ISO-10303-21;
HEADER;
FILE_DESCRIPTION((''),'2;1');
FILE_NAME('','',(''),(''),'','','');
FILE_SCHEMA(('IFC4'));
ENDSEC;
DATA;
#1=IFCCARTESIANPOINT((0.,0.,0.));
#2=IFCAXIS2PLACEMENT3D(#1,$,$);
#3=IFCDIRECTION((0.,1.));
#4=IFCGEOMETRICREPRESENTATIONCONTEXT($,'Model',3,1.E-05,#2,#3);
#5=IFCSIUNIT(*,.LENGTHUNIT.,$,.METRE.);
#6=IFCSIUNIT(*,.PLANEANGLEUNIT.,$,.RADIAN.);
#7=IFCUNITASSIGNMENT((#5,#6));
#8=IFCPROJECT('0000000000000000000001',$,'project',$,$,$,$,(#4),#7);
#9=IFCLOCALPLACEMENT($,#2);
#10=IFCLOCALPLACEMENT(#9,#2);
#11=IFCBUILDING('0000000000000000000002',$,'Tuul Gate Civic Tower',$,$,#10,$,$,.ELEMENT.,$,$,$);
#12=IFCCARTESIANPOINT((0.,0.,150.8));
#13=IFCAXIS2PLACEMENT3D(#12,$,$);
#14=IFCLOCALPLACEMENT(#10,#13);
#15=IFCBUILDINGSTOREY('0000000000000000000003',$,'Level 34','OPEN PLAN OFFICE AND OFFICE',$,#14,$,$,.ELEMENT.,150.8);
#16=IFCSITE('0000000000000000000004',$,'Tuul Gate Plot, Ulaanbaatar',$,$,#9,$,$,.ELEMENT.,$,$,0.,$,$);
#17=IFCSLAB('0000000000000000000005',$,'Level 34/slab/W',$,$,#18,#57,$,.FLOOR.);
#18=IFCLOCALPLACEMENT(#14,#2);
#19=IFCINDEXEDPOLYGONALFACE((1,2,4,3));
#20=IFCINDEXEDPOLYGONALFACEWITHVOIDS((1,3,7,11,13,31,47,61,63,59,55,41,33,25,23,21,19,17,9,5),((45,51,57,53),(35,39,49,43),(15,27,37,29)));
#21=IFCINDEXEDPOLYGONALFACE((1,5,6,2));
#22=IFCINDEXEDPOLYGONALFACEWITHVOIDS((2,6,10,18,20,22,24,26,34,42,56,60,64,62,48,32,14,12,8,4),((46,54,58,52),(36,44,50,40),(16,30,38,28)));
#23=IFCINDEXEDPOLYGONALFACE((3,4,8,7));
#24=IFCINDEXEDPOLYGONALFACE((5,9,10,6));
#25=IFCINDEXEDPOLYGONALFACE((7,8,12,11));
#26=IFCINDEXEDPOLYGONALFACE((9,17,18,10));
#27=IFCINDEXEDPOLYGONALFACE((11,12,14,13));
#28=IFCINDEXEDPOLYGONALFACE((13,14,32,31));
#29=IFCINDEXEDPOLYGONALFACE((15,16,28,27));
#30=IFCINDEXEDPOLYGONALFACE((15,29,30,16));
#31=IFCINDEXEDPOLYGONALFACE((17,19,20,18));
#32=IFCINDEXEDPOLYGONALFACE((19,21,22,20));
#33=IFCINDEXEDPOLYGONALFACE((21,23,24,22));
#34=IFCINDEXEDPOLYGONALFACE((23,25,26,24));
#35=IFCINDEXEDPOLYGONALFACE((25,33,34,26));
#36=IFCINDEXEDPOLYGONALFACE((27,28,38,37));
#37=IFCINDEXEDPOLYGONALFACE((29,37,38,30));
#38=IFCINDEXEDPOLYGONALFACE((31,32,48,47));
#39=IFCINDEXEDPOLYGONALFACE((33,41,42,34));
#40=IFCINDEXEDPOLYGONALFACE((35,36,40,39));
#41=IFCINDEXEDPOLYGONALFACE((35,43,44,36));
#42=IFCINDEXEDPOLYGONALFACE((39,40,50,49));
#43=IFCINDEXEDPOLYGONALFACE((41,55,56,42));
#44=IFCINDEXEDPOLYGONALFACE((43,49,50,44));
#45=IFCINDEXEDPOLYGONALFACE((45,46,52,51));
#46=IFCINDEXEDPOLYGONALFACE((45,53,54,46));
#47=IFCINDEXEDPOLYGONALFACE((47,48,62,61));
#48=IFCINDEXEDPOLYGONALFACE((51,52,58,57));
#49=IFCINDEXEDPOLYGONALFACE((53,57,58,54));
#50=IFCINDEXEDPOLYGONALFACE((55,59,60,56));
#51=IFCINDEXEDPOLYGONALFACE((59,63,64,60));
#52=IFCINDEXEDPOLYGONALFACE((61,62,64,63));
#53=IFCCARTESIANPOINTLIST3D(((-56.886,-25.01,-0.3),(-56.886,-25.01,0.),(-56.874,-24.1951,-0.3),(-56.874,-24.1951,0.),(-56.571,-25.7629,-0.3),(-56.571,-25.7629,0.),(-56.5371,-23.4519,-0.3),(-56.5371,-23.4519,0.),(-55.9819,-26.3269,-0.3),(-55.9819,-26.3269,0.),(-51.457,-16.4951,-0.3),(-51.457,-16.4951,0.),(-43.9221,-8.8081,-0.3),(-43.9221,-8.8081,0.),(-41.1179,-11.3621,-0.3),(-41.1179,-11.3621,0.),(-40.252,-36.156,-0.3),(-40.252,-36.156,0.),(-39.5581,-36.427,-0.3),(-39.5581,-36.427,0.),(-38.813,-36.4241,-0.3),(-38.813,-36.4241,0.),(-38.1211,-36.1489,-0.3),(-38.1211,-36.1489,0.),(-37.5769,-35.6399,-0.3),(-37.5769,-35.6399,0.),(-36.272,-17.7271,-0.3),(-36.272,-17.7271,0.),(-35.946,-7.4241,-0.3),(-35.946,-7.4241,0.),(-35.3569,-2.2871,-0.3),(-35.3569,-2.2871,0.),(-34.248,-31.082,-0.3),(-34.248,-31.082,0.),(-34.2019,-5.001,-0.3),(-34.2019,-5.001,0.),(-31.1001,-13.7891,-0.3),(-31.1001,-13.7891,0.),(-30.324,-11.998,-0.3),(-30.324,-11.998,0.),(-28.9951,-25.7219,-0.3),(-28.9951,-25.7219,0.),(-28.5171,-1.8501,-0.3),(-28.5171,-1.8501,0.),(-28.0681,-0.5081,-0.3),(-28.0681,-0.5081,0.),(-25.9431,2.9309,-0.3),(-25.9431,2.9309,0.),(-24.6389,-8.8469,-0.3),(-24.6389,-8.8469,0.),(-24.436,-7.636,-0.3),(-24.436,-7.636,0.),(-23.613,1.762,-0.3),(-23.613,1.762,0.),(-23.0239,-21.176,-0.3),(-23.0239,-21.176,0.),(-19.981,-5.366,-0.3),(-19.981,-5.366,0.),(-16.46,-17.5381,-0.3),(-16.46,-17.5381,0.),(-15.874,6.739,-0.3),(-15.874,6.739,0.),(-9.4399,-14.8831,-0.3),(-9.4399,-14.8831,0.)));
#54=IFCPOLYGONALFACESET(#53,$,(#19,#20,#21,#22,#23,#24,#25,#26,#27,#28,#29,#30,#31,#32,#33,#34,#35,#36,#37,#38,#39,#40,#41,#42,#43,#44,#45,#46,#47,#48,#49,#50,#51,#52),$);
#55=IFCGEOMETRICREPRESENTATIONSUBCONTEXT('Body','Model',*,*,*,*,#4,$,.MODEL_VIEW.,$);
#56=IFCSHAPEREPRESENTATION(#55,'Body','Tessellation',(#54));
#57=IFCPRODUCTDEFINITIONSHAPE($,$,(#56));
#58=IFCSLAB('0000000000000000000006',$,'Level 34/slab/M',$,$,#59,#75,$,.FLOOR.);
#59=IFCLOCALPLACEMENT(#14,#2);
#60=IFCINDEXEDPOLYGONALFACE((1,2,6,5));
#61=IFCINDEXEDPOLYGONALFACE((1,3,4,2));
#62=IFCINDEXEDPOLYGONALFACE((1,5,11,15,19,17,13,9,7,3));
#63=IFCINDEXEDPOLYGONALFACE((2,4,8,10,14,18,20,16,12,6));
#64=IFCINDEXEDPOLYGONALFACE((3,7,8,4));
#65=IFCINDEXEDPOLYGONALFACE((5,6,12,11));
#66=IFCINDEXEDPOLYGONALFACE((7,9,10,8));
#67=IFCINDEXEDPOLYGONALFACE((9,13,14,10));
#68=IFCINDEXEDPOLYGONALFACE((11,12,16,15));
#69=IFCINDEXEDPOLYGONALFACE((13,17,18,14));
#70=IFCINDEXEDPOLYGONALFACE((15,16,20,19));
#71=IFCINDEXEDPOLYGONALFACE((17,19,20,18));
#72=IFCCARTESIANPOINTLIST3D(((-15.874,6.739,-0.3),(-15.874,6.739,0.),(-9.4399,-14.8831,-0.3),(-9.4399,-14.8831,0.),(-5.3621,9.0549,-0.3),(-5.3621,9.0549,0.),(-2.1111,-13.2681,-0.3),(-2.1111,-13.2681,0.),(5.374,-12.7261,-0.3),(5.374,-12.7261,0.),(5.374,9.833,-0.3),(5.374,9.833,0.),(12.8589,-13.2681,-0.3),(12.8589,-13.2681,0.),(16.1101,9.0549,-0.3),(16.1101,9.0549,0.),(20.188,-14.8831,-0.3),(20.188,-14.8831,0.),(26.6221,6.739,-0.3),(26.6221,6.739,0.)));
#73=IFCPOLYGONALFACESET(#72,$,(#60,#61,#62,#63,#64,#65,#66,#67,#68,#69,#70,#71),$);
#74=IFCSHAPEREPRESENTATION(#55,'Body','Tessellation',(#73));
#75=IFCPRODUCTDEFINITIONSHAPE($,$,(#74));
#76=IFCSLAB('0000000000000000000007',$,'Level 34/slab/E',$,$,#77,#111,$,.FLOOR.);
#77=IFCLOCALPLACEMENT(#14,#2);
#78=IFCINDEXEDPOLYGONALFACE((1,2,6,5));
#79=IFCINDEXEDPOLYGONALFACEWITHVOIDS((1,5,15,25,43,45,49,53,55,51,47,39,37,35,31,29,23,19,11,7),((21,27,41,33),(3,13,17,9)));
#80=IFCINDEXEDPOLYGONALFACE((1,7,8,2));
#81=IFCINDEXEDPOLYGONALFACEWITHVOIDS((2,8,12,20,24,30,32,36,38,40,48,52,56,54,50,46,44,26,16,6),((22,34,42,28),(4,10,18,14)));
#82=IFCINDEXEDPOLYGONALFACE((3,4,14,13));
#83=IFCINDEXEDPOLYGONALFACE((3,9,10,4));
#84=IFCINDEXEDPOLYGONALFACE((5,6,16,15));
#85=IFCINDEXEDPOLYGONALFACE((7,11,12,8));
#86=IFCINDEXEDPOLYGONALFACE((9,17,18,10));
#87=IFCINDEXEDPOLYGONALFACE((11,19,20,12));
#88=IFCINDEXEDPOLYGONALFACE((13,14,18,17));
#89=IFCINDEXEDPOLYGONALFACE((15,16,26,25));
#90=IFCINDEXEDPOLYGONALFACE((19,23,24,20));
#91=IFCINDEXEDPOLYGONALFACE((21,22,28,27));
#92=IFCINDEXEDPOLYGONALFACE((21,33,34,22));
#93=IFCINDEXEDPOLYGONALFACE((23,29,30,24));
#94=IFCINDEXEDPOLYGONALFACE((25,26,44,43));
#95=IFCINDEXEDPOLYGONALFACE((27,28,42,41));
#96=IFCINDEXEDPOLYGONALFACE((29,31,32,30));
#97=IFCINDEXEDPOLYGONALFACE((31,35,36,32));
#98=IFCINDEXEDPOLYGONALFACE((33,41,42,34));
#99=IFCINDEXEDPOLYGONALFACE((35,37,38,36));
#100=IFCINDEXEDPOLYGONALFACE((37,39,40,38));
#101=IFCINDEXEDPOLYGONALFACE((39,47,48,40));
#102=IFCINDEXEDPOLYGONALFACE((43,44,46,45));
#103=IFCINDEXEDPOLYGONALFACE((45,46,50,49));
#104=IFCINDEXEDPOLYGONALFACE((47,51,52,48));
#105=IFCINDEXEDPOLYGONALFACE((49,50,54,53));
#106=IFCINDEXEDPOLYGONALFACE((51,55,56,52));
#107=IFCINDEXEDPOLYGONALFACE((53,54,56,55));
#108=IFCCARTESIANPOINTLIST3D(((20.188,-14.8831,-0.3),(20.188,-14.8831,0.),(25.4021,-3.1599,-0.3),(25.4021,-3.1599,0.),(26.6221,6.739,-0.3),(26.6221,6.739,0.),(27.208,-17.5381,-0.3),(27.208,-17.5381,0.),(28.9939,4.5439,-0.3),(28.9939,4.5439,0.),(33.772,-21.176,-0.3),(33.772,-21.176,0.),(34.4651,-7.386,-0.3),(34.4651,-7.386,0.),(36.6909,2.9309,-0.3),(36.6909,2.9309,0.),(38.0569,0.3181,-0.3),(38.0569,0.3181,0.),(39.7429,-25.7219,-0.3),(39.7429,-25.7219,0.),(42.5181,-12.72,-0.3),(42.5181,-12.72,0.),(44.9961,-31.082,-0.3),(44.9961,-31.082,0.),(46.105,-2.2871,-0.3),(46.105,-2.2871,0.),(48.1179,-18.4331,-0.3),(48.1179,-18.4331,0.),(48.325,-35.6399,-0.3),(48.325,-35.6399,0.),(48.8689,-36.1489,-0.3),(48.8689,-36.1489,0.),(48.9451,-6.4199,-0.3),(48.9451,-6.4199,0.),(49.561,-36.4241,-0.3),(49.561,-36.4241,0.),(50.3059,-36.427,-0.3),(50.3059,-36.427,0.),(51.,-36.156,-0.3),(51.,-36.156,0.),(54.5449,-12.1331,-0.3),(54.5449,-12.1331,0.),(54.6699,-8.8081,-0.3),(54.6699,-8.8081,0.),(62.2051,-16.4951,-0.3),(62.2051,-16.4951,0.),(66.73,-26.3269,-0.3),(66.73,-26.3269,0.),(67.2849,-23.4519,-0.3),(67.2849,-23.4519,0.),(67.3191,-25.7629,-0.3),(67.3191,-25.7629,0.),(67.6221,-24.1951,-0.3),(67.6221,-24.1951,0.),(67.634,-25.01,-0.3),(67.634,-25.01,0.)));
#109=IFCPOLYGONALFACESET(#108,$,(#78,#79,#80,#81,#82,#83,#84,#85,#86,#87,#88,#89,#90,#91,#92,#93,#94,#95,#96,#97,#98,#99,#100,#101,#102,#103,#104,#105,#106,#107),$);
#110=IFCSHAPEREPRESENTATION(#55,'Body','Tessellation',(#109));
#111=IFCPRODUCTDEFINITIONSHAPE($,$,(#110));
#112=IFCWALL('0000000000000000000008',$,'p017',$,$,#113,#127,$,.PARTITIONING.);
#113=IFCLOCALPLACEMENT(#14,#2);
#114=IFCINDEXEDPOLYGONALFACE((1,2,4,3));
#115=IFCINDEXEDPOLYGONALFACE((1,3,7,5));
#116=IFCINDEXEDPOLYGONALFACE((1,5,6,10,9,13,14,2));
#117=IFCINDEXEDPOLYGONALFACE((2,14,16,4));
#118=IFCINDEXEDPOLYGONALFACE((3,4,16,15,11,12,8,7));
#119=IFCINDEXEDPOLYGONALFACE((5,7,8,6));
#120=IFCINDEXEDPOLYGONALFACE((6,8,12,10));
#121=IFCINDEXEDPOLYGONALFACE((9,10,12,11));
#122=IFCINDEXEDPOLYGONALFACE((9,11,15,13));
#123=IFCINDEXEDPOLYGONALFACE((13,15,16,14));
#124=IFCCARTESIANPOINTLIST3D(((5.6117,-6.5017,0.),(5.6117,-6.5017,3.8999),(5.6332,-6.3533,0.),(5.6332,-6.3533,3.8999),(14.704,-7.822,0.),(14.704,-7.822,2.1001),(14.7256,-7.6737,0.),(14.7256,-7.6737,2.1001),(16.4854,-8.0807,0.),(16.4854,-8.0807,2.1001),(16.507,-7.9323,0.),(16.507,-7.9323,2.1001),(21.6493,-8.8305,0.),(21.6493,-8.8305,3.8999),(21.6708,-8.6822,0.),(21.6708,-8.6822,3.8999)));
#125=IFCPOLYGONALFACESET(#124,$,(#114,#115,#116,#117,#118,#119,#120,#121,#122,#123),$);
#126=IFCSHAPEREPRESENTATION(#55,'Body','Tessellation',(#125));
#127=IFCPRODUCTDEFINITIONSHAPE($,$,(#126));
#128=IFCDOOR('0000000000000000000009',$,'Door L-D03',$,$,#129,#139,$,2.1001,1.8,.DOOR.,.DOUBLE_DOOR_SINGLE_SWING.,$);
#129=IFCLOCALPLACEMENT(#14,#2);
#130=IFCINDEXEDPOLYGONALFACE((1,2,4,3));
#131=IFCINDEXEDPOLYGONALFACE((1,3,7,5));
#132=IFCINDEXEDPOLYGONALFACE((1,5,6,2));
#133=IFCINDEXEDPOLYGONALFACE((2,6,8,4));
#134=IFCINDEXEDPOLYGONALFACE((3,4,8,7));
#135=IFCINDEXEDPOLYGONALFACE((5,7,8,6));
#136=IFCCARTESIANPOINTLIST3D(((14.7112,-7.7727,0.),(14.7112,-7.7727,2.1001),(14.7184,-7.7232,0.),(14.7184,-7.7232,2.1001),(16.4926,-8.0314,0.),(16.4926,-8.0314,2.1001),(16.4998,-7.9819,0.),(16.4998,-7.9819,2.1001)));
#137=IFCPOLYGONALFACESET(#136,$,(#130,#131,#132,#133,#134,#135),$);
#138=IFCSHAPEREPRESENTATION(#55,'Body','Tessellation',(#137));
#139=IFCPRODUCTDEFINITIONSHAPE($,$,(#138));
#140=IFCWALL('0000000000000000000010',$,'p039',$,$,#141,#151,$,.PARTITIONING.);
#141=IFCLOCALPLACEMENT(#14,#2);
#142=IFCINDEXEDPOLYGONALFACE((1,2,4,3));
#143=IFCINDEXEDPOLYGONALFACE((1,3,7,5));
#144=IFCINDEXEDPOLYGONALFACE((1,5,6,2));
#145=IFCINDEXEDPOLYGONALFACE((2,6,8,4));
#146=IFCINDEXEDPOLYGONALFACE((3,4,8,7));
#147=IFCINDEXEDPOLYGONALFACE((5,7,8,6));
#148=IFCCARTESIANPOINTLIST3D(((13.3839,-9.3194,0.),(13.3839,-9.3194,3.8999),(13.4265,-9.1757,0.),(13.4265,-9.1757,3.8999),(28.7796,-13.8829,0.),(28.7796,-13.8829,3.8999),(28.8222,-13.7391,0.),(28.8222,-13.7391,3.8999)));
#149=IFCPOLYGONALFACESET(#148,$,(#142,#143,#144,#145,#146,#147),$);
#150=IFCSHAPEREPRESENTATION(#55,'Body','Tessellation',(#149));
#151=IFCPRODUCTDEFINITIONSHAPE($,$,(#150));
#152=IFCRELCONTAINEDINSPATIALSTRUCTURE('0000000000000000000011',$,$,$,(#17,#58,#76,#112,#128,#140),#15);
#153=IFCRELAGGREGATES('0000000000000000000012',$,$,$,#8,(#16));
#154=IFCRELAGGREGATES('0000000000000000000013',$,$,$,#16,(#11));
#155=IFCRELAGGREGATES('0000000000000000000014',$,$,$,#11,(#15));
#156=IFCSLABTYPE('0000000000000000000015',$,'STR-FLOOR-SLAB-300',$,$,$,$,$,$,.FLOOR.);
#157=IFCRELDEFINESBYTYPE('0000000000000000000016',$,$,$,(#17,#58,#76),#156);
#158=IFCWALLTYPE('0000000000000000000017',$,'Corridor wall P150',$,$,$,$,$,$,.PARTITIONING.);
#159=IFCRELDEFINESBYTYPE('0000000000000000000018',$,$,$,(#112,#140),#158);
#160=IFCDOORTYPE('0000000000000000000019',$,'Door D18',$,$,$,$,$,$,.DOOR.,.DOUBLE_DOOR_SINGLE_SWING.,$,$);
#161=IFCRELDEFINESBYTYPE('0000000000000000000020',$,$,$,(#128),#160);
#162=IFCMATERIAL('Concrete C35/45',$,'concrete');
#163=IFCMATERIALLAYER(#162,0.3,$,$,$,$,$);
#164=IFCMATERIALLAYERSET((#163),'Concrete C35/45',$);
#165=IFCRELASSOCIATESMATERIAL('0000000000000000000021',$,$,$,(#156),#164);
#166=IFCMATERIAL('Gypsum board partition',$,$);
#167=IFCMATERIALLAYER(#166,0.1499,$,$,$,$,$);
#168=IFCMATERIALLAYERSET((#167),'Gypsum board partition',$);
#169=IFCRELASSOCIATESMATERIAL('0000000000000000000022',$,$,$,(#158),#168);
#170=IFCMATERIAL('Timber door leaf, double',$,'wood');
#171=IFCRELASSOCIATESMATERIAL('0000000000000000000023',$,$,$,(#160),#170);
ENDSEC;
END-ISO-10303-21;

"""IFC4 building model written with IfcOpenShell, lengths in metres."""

from ifc_helpers import new_model, si_unit, direction, frame, frame_2d, origin, place, context, subcontext, project, spatial, polyline, rectangle, outline, extrude, material, layer, layer_set, type_object, element, fill, save


model = new_model("IFC4")

# Units and contexts
model_context = context("Model", 3, precision=1e-05, world=origin(), true_north=direction((0.0, 1.0)))
body_context = subcontext(model_context, "Body", "Model", "MODEL_VIEW")
ifc_project = project(units=[si_unit("LENGTHUNIT", "METRE"), si_unit("PLANEANGLEUNIT", "RADIAN")], contexts=[model_context])

# Site, building, storey
site_placement = place(None, origin())
site = spatial("IfcSite", under=ifc_project, at=site_placement, Name="Tuul Gate Plot, Ulaanbaatar", CompositionType="ELEMENT", RefElevation=0.0)
building_placement = place(site_placement, origin())
building = spatial("IfcBuilding", under=site, at=building_placement, Name="Tuul Gate Civic Tower", CompositionType="ELEMENT")
storey_placement = place(building_placement, frame((0.0, 0.0, 150.8)))
storey = spatial("IfcBuildingStorey", under=building, at=storey_placement, Name="Level 34", Description="OPEN PLAN OFFICE AND OFFICE", CompositionType="ELEMENT", Elevation=150.8)

# Slabs
ifc_material_1 = material(Name="Concrete C35/45", Category="concrete")
ifc_layer_1 = layer(ifc_material_1, 0.3)
ifc_layer_set_1 = layer_set([ifc_layer_1], Name="Concrete C35/45")
slab_type_1 = type_object("IfcSlabType", Name="STR-FLOOR-SLAB-300", PredefinedType="FLOOR", material=ifc_layer_set_1)
slab_1_placement = place(storey_placement, frame((0.0, 0.0, -0.3)))
element("IfcSlab", 1, at=slab_1_placement, inside=storey, type_object=slab_type_1, Name="Level 34/slab/W", PredefinedType="FLOOR", context=body_context, shape_type="SweptSolid", body=[
    extrude(outline(polyline([(-16.46, -17.5381), (-9.4399, -14.8831), (-15.874, 6.739), (-25.9431, 2.9309), (-35.3569, -2.2871), (-43.9221, -8.8081), (-51.457, -16.4951), (-56.5371, -23.4519), (-56.874, -24.1951), (-56.886, -25.01), (-56.571, -25.7629), (-55.9819, -26.3269), (-40.252, -36.156), (-39.5581, -36.427), (-38.813, -36.4241), (-38.1211, -36.1489), (-37.5769, -35.6399), (-34.248, -31.082), (-28.9951, -25.7219), (-23.0239, -21.176), (-16.46, -17.5381)]), holes=[polyline([(-31.1001, -13.7891), (-36.272, -17.7271), (-41.1179, -11.3621), (-35.946, -7.4241), (-31.1001, -13.7891)]), polyline([(-24.6389, -8.8469), (-30.324, -11.998), (-34.2019, -5.001), (-28.5171, -1.8501), (-24.6389, -8.8469)]), polyline([(-24.436, -7.636), (-28.0681, -0.5081), (-23.613, 1.762), (-19.981, -5.366), (-24.436, -7.636)])]), origin(), (0.0, 0.0, 1.0), 0.3),
])
slab_2_placement = place(storey_placement, frame((0.0, 0.0, -0.3)))
element("IfcSlab", 2, at=slab_2_placement, inside=storey, type_object=slab_type_1, Name="Level 34/slab/M", PredefinedType="FLOOR", context=body_context, shape_type="SweptSolid", body=[
    extrude(outline(polyline([(20.188, -14.8831), (26.6221, 6.739), (16.1101, 9.0549), (5.374, 9.833), (-5.3621, 9.0549), (-15.874, 6.739), (-9.4399, -14.8831), (-2.1111, -13.2681), (5.374, -12.7261), (12.8589, -13.2681), (20.188, -14.8831)])), origin(), (0.0, 0.0, 1.0), 0.3),
])
slab_3_placement = place(storey_placement, frame((0.0, 0.0, -0.3)))
element("IfcSlab", 3, at=slab_3_placement, inside=storey, type_object=slab_type_1, Name="Level 34/slab/E", PredefinedType="FLOOR", context=body_context, shape_type="SweptSolid", body=[
    extrude(outline(polyline([(50.3059, -36.427), (51.0, -36.156), (66.73, -26.3269), (67.3191, -25.7629), (67.634, -25.01), (67.6221, -24.1951), (67.2849, -23.4519), (62.2051, -16.4951), (54.6699, -8.8081), (46.105, -2.2871), (36.6909, 2.9309), (26.6221, 6.739), (20.188, -14.8831), (27.208, -17.5381), (33.772, -21.176), (39.7429, -25.7219), (44.9961, -31.082), (48.325, -35.6399), (48.8689, -36.1489), (49.561, -36.4241), (50.3059, -36.427)]), holes=[polyline([(48.1179, -18.4331), (42.5181, -12.72), (48.9451, -6.4199), (54.5449, -12.1331), (48.1179, -18.4331)]), polyline([(25.4021, -3.1599), (28.9939, 4.5439), (38.0569, 0.3181), (34.4651, -7.386), (25.4021, -3.1599)])]), origin(), (0.0, 0.0, 1.0), 0.3),
])

# Wall, opening, door
ifc_material_2 = material(Name="Gypsum board partition")
ifc_layer_2 = layer(ifc_material_2, 0.1499)
ifc_layer_set_2 = layer_set([ifc_layer_2], Name="Gypsum board partition")
wall_type_1 = type_object("IfcWallType", Name="Corridor wall P150", PredefinedType="PARTITIONING", material=ifc_layer_set_2)
wall_1_placement = place(storey_placement, frame((5.6223, -6.4275, 0.0), z_axis=(0.0, 0.0, 1.0), x_axis=(0.989621, -0.143705, 0.0)))
wall_1 = element("IfcWall", 4, at=wall_1_placement, inside=storey, type_object=wall_type_1, Name="p017", PredefinedType="PARTITIONING", context=body_context, shape_type="SweptSolid", body=[
    extrude(rectangle(XDim=16.2058, YDim=0.1499, at=frame_2d((8.103, 0.0))), origin(), (0.0, 0.0, 1.0), 3.8999),
])
opening_1_placement = place(wall_1_placement, frame((9.188, 0.0, 0.0)))
opening_1 = element("IfcOpeningElement", 5, at=opening_1_placement, cuts=wall_1, PredefinedType="OPENING", context=body_context, shape_type="SweptSolid", body=[
    extrude(rectangle(XDim=1.8, YDim=2.1001, at=frame_2d((0.8999, 1.05))), frame((0.0, 0.085, 0.0), z_axis=(0.0, -1.0, 0.0), x_axis=(1.0, 0.0, 0.0)), (0.0, 0.0, 1.0), 0.1699),
])
ifc_material_3 = material(Name="Timber door leaf, double", Category="wood")
door_type = type_object("IfcDoorType", Name="Door D18", OperationType="DOUBLE_DOOR_SINGLE_SWING", PredefinedType="DOOR", material=ifc_material_3)
door_placement = place(opening_1_placement, origin())
door = element("IfcDoor", 6, at=door_placement, inside=storey, type_object=door_type, Name="Door L-D03", OperationType="DOUBLE_DOOR_SINGLE_SWING", OverallHeight=2.1001, OverallWidth=1.8, PredefinedType="DOOR", context=body_context, shape_type="SweptSolid", body=[
    extrude(rectangle(XDim=1.8, YDim=2.1001, at=frame_2d((0.8999, 1.05))), frame((0.0, 0.0249, 0.0), z_axis=(0.0, -1.0, 0.0), x_axis=(1.0, 0.0, 0.0)), (0.0, 0.0, 1.0), 0.05),
])
fill(opening_1, door)

# Wall
wall_2_placement = place(storey_placement, frame((13.4053, -9.2476, 0.0), z_axis=(0.0, 0.0, 1.0), x_axis=(0.958768, -0.28419, 0.0)))
element("IfcWall", 7, at=wall_2_placement, inside=storey, type_object=wall_type_1, Name="p039", PredefinedType="PARTITIONING", context=body_context, shape_type="SweptSolid", body=[
    extrude(rectangle(XDim=16.0579, YDim=0.1499, at=frame_2d((8.0288, 0.0))), origin(), (0.0, 0.0, 1.0), 3.8999),
])

save(model, "model.ifc")
